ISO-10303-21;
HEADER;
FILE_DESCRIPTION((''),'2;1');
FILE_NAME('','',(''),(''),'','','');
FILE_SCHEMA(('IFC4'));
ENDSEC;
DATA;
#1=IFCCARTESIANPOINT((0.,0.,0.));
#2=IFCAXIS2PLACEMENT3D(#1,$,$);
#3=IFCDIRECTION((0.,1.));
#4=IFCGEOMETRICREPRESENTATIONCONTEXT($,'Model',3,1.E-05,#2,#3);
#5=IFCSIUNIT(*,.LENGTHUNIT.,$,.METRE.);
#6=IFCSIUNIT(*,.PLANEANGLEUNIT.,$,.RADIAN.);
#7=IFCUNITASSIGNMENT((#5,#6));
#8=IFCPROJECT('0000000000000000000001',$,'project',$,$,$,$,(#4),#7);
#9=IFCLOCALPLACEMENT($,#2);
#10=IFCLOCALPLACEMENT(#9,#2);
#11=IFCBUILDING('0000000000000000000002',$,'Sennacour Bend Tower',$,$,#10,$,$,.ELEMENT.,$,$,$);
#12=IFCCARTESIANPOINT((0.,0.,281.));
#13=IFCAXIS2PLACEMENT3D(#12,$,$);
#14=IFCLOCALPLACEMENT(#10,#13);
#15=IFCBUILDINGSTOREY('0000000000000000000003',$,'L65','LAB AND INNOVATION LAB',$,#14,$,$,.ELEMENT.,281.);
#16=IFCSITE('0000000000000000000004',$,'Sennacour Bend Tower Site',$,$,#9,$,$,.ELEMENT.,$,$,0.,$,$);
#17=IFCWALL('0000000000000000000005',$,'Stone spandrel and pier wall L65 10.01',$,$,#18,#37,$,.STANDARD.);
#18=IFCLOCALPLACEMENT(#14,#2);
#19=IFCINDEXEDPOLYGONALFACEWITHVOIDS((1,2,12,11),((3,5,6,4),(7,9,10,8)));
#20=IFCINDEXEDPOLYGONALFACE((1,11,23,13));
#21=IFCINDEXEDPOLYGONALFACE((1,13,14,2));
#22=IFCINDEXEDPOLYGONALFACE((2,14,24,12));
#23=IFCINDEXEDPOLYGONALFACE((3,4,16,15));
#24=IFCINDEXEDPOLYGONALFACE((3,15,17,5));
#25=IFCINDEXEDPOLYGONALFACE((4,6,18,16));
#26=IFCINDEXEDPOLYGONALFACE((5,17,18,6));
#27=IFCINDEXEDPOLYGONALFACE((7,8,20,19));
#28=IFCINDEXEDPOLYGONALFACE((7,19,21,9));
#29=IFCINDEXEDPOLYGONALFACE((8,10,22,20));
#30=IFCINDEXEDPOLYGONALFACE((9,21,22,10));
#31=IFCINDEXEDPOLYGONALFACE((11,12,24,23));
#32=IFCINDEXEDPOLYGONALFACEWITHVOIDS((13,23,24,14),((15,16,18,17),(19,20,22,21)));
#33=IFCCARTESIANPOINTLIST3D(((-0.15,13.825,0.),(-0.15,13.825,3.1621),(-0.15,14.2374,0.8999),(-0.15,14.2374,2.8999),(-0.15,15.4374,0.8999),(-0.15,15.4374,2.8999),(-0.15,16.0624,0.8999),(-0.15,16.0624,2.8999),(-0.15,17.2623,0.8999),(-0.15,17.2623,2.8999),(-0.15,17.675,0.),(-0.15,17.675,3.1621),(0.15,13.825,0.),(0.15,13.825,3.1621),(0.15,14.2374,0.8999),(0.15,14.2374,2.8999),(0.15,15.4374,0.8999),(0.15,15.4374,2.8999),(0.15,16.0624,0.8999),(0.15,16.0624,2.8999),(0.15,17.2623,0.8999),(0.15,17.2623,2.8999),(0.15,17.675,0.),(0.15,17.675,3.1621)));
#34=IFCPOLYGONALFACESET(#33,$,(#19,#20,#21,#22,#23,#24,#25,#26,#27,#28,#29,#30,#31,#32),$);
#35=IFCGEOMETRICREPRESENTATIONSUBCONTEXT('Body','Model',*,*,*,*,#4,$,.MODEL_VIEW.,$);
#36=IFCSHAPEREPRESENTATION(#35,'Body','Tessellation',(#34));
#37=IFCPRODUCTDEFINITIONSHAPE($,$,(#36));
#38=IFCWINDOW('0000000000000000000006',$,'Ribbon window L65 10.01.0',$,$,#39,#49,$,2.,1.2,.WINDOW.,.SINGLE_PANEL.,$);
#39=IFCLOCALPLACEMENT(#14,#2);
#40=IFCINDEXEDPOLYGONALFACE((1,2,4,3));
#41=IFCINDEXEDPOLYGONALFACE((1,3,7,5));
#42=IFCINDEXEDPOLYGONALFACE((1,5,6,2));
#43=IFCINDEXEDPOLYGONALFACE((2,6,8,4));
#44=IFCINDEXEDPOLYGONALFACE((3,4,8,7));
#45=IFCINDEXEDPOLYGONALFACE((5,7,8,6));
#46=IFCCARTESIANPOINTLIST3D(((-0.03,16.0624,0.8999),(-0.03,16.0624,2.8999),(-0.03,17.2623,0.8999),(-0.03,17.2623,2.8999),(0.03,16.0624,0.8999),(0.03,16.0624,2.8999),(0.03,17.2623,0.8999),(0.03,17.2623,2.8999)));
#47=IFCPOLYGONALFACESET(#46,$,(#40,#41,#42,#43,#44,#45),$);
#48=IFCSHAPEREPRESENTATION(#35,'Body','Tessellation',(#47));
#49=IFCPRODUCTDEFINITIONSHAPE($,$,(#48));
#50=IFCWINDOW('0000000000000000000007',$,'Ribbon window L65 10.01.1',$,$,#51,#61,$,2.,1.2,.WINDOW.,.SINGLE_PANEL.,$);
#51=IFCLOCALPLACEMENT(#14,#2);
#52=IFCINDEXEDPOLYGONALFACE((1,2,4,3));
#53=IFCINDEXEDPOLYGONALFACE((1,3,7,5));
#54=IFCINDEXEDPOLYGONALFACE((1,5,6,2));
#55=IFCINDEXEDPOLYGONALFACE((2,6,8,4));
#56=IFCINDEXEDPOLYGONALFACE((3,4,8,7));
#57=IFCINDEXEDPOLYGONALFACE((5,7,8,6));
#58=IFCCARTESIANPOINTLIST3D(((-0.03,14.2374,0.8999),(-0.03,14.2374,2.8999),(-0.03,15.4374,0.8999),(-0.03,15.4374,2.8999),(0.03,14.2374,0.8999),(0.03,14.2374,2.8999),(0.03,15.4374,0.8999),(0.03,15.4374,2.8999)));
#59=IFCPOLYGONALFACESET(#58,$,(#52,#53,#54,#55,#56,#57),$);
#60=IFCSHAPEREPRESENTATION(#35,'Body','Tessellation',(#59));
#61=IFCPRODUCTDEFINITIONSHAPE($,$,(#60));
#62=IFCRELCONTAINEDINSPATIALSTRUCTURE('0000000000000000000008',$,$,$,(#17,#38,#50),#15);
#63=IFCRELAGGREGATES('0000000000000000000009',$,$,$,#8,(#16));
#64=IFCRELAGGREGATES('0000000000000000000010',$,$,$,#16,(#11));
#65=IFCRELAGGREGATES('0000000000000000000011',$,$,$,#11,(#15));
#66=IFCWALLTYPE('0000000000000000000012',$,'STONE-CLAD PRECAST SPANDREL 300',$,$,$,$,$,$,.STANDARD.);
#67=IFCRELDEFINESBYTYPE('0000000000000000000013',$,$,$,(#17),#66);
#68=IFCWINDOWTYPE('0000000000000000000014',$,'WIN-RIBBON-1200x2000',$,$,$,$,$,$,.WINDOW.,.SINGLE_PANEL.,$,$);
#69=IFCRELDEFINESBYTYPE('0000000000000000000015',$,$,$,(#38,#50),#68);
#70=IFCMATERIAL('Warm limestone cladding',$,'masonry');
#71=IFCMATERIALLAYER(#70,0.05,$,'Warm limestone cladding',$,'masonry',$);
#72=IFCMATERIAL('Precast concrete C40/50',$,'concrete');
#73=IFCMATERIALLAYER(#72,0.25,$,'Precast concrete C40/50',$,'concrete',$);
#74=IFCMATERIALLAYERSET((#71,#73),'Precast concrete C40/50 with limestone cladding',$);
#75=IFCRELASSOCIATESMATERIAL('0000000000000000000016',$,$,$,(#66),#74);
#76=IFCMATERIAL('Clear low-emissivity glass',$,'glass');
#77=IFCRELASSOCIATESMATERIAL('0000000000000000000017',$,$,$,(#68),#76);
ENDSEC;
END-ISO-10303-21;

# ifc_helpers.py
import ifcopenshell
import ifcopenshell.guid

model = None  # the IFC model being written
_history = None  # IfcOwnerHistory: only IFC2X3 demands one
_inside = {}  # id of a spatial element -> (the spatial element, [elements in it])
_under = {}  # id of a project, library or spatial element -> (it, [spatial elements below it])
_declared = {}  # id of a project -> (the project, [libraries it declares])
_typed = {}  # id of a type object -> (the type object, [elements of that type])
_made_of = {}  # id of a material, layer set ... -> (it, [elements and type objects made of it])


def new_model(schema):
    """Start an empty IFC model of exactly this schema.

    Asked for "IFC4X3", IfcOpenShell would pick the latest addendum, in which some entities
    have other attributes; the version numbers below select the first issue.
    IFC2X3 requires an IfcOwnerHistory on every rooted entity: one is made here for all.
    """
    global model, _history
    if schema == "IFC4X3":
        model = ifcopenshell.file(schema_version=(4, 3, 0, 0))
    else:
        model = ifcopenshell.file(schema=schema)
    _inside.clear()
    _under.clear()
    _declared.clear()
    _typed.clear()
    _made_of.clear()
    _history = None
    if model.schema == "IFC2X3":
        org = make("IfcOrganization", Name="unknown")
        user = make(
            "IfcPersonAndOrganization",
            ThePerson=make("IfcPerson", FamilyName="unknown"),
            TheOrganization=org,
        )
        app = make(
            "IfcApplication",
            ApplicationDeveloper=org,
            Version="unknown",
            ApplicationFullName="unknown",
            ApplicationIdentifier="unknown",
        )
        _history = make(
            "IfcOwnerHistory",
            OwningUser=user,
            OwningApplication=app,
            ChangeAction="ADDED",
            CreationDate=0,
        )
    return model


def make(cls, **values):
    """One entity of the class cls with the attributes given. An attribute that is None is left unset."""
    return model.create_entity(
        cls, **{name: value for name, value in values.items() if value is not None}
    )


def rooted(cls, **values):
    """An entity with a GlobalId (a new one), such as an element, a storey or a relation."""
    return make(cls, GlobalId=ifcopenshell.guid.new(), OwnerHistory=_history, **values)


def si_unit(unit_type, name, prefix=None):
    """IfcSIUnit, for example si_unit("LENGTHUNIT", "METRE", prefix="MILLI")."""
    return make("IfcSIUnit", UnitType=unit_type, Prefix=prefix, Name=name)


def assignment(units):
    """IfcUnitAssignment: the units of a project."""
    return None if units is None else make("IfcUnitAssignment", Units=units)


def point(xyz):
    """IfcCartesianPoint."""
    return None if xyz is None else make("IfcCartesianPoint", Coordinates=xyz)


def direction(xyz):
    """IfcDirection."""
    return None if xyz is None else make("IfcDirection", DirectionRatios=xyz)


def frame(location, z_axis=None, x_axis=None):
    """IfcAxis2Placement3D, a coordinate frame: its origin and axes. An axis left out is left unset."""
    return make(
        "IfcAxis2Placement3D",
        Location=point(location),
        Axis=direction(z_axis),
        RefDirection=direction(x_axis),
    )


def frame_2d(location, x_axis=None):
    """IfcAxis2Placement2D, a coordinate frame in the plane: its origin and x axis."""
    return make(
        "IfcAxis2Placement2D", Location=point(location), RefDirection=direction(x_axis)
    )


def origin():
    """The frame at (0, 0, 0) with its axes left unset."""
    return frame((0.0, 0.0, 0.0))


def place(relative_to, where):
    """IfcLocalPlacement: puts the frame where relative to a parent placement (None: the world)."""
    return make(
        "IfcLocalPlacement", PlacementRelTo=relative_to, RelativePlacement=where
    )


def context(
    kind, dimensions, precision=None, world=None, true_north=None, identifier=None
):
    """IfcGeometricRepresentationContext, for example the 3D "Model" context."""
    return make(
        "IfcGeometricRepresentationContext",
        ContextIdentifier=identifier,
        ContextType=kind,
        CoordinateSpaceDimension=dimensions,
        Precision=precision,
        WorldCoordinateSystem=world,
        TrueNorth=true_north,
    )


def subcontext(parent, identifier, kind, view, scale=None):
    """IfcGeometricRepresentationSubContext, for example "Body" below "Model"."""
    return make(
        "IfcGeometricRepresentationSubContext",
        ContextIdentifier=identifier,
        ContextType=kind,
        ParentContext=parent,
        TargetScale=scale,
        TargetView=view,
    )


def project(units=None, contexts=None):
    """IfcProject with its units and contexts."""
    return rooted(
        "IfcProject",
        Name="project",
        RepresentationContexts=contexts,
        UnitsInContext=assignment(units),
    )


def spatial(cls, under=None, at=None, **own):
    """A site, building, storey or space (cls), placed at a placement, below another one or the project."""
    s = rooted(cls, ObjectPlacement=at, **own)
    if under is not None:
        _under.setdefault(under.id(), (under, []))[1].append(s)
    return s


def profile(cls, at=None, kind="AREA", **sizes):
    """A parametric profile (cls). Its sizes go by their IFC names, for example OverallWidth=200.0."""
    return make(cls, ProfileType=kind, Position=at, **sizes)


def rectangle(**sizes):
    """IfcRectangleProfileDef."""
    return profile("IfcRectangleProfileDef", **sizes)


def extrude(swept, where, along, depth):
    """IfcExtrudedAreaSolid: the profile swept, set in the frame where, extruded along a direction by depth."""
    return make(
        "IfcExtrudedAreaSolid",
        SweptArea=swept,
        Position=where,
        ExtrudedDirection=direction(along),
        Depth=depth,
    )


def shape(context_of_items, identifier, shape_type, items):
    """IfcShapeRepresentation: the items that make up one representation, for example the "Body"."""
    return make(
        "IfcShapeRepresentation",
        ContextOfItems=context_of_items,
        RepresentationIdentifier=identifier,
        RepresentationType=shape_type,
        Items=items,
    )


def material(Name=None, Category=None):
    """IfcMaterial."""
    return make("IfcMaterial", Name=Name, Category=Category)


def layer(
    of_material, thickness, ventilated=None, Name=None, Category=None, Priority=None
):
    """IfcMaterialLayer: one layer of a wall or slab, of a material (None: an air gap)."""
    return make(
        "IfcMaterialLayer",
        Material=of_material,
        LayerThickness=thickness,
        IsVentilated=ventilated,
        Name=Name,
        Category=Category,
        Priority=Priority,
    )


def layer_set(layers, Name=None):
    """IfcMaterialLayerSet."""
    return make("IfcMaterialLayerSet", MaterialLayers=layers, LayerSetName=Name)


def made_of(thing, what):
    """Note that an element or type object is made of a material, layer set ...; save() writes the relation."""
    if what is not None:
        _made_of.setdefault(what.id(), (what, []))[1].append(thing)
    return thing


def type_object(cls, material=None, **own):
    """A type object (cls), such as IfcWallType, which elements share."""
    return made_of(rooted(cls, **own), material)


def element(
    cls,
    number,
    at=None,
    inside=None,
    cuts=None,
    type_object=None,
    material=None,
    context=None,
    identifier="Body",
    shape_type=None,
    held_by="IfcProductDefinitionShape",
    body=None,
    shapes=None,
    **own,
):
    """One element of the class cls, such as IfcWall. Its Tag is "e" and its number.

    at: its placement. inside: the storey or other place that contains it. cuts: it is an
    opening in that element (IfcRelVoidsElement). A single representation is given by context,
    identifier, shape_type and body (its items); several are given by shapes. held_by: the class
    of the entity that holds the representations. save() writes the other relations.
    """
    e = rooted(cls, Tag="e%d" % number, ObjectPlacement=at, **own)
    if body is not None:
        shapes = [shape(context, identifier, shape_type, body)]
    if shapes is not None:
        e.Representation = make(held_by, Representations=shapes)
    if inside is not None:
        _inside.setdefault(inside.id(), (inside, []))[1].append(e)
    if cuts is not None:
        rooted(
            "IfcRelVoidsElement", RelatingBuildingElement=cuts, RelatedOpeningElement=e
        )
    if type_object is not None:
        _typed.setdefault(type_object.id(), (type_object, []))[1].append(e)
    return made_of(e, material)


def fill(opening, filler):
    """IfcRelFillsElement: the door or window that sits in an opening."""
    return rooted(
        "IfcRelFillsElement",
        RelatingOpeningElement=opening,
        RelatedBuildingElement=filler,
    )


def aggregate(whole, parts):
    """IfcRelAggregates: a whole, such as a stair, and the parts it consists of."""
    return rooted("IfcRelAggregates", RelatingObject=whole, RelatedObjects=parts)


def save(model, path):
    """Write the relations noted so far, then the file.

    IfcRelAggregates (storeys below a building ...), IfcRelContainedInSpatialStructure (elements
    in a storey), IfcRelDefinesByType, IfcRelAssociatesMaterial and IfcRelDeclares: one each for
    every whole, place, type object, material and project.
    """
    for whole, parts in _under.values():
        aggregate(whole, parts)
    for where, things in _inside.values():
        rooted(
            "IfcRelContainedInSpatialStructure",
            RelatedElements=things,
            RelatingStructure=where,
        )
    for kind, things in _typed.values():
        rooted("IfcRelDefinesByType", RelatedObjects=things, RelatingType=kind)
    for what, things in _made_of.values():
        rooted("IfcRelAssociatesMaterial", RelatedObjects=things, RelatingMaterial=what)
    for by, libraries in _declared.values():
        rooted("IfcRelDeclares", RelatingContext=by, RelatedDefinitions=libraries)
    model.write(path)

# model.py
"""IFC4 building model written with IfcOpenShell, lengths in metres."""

from ifc_helpers import new_model, si_unit, direction, frame, frame_2d, origin, place, context, subcontext, project, spatial, rectangle, extrude, material, layer, layer_set, type_object, element, fill, save


model = new_model("IFC4")

# Units and contexts
model_context = context("Model", 3, precision=1e-05, world=origin(), true_north=direction((0.0, 1.0)))
body_context = subcontext(model_context, "Body", "Model", "MODEL_VIEW")
ifc_project = project(units=[si_unit("LENGTHUNIT", "METRE"), si_unit("PLANEANGLEUNIT", "RADIAN")], contexts=[model_context])

# Site, building, storey
site_placement = place(None, origin())
site = spatial("IfcSite", under=ifc_project, at=site_placement, Name="Sennacour Bend Tower Site", CompositionType="ELEMENT", RefElevation=0.0)
building_placement = place(site_placement, origin())
building = spatial("IfcBuilding", under=site, at=building_placement, Name="Sennacour Bend Tower", CompositionType="ELEMENT")
storey_placement = place(building_placement, frame((0.0, 0.0, 281.0)))
storey = spatial("IfcBuildingStorey", under=building, at=storey_placement, Name="L65", Description="LAB AND INNOVATION LAB", CompositionType="ELEMENT", Elevation=281.0)

# Wall, openings, windows
ifc_material_1 = material(Name="Warm limestone cladding", Category="masonry")
ifc_layer_1 = layer(ifc_material_1, 0.05, Name="Warm limestone cladding", Category="masonry")
ifc_material_2 = material(Name="Precast concrete C40/50", Category="concrete")
ifc_layer_2 = layer(ifc_material_2, 0.25, Name="Precast concrete C40/50", Category="concrete")
ifc_layer_set_1 = layer_set([ifc_layer_1, ifc_layer_2], Name="Precast concrete C40/50 with limestone cladding")
wall_type_1 = type_object("IfcWallType", Name="STONE-CLAD PRECAST SPANDREL 300", PredefinedType="STANDARD", material=ifc_layer_set_1)
ifc_material_3 = material(Name="Clear low-emissivity glass", Category="glass")
window_type_1 = type_object("IfcWindowType", Name="WIN-RIBBON-1200x2000", PartitioningType="SINGLE_PANEL", PredefinedType="WINDOW", material=ifc_material_3)
wall_1_placement = place(storey_placement, frame((0.0, 17.675, 0.0), z_axis=(0.0, 0.0, 1.0), x_axis=(0.0, -1.0, 0.0)))
wall_1 = element("IfcWall", 1, at=wall_1_placement, inside=storey, type_object=wall_type_1, Name="Stone spandrel and pier wall L65 10.01", PredefinedType="STANDARD", context=body_context, shape_type="SweptSolid", body=[
    extrude(rectangle(XDim=3.8501, YDim=0.3, at=frame_2d((1.925, 0.0))), origin(), (0.0, 0.0, 1.0), 3.1621),
])
opening_1_placement = place(wall_1_placement, frame((0.4126, 0.0, 0.8999)))
opening_1 = element("IfcOpeningElement", 2, at=opening_1_placement, cuts=wall_1, PredefinedType="OPENING", context=body_context, shape_type="SweptSolid", body=[
    extrude(rectangle(XDim=1.2, YDim=2.0, at=frame_2d((0.6001, 1.0))), frame((0.0, 0.1602, 0.0), z_axis=(0.0, -1.0, 0.0), x_axis=(1.0, 0.0, 0.0)), (0.0, 0.0, 1.0), 0.3201),
])
opening_2_placement = place(wall_1_placement, frame((2.2375, 0.0, 0.8999)))
opening_2 = element("IfcOpeningElement", 3, at=opening_2_placement, cuts=wall_1, PredefinedType="OPENING", context=body_context, shape_type="SweptSolid", body=[
    extrude(rectangle(XDim=1.2, YDim=2.0, at=frame_2d((0.6001, 1.0))), frame((0.0, 0.1602, 0.0), z_axis=(0.0, -1.0, 0.0), x_axis=(1.0, 0.0, 0.0)), (0.0, 0.0, 1.0), 0.3201),
])
window_1_placement = place(opening_1_placement, origin())
window_1 = element("IfcWindow", 4, at=window_1_placement, inside=storey, type_object=window_type_1, Name="Ribbon window L65 10.01.0", OverallHeight=2.0, OverallWidth=1.2, PartitioningType="SINGLE_PANEL", PredefinedType="WINDOW", context=body_context, shape_type="SweptSolid", body=[
    extrude(rectangle(XDim=1.2, YDim=2.0, at=frame_2d((0.6001, 1.0))), frame((0.0, 0.03, 0.0), z_axis=(0.0, -1.0, 0.0), x_axis=(1.0, 0.0, 0.0)), (0.0, 0.0, 1.0), 0.0601),
])
fill(opening_1, window_1)
window_2_placement = place(opening_2_placement, origin())
window_2 = element("IfcWindow", 5, at=window_2_placement, inside=storey, type_object=window_type_1, Name="Ribbon window L65 10.01.1", OverallHeight=2.0, OverallWidth=1.2, PartitioningType="SINGLE_PANEL", PredefinedType="WINDOW", context=body_context, shape_type="SweptSolid", body=[
    extrude(rectangle(XDim=1.2, YDim=2.0, at=frame_2d((0.6001, 1.0))), frame((0.0, 0.03, 0.0), z_axis=(0.0, -1.0, 0.0), x_axis=(1.0, 0.0, 0.0)), (0.0, 0.0, 1.0), 0.0601),
])
fill(opening_2, window_2)

save(model, "model.ifc")
